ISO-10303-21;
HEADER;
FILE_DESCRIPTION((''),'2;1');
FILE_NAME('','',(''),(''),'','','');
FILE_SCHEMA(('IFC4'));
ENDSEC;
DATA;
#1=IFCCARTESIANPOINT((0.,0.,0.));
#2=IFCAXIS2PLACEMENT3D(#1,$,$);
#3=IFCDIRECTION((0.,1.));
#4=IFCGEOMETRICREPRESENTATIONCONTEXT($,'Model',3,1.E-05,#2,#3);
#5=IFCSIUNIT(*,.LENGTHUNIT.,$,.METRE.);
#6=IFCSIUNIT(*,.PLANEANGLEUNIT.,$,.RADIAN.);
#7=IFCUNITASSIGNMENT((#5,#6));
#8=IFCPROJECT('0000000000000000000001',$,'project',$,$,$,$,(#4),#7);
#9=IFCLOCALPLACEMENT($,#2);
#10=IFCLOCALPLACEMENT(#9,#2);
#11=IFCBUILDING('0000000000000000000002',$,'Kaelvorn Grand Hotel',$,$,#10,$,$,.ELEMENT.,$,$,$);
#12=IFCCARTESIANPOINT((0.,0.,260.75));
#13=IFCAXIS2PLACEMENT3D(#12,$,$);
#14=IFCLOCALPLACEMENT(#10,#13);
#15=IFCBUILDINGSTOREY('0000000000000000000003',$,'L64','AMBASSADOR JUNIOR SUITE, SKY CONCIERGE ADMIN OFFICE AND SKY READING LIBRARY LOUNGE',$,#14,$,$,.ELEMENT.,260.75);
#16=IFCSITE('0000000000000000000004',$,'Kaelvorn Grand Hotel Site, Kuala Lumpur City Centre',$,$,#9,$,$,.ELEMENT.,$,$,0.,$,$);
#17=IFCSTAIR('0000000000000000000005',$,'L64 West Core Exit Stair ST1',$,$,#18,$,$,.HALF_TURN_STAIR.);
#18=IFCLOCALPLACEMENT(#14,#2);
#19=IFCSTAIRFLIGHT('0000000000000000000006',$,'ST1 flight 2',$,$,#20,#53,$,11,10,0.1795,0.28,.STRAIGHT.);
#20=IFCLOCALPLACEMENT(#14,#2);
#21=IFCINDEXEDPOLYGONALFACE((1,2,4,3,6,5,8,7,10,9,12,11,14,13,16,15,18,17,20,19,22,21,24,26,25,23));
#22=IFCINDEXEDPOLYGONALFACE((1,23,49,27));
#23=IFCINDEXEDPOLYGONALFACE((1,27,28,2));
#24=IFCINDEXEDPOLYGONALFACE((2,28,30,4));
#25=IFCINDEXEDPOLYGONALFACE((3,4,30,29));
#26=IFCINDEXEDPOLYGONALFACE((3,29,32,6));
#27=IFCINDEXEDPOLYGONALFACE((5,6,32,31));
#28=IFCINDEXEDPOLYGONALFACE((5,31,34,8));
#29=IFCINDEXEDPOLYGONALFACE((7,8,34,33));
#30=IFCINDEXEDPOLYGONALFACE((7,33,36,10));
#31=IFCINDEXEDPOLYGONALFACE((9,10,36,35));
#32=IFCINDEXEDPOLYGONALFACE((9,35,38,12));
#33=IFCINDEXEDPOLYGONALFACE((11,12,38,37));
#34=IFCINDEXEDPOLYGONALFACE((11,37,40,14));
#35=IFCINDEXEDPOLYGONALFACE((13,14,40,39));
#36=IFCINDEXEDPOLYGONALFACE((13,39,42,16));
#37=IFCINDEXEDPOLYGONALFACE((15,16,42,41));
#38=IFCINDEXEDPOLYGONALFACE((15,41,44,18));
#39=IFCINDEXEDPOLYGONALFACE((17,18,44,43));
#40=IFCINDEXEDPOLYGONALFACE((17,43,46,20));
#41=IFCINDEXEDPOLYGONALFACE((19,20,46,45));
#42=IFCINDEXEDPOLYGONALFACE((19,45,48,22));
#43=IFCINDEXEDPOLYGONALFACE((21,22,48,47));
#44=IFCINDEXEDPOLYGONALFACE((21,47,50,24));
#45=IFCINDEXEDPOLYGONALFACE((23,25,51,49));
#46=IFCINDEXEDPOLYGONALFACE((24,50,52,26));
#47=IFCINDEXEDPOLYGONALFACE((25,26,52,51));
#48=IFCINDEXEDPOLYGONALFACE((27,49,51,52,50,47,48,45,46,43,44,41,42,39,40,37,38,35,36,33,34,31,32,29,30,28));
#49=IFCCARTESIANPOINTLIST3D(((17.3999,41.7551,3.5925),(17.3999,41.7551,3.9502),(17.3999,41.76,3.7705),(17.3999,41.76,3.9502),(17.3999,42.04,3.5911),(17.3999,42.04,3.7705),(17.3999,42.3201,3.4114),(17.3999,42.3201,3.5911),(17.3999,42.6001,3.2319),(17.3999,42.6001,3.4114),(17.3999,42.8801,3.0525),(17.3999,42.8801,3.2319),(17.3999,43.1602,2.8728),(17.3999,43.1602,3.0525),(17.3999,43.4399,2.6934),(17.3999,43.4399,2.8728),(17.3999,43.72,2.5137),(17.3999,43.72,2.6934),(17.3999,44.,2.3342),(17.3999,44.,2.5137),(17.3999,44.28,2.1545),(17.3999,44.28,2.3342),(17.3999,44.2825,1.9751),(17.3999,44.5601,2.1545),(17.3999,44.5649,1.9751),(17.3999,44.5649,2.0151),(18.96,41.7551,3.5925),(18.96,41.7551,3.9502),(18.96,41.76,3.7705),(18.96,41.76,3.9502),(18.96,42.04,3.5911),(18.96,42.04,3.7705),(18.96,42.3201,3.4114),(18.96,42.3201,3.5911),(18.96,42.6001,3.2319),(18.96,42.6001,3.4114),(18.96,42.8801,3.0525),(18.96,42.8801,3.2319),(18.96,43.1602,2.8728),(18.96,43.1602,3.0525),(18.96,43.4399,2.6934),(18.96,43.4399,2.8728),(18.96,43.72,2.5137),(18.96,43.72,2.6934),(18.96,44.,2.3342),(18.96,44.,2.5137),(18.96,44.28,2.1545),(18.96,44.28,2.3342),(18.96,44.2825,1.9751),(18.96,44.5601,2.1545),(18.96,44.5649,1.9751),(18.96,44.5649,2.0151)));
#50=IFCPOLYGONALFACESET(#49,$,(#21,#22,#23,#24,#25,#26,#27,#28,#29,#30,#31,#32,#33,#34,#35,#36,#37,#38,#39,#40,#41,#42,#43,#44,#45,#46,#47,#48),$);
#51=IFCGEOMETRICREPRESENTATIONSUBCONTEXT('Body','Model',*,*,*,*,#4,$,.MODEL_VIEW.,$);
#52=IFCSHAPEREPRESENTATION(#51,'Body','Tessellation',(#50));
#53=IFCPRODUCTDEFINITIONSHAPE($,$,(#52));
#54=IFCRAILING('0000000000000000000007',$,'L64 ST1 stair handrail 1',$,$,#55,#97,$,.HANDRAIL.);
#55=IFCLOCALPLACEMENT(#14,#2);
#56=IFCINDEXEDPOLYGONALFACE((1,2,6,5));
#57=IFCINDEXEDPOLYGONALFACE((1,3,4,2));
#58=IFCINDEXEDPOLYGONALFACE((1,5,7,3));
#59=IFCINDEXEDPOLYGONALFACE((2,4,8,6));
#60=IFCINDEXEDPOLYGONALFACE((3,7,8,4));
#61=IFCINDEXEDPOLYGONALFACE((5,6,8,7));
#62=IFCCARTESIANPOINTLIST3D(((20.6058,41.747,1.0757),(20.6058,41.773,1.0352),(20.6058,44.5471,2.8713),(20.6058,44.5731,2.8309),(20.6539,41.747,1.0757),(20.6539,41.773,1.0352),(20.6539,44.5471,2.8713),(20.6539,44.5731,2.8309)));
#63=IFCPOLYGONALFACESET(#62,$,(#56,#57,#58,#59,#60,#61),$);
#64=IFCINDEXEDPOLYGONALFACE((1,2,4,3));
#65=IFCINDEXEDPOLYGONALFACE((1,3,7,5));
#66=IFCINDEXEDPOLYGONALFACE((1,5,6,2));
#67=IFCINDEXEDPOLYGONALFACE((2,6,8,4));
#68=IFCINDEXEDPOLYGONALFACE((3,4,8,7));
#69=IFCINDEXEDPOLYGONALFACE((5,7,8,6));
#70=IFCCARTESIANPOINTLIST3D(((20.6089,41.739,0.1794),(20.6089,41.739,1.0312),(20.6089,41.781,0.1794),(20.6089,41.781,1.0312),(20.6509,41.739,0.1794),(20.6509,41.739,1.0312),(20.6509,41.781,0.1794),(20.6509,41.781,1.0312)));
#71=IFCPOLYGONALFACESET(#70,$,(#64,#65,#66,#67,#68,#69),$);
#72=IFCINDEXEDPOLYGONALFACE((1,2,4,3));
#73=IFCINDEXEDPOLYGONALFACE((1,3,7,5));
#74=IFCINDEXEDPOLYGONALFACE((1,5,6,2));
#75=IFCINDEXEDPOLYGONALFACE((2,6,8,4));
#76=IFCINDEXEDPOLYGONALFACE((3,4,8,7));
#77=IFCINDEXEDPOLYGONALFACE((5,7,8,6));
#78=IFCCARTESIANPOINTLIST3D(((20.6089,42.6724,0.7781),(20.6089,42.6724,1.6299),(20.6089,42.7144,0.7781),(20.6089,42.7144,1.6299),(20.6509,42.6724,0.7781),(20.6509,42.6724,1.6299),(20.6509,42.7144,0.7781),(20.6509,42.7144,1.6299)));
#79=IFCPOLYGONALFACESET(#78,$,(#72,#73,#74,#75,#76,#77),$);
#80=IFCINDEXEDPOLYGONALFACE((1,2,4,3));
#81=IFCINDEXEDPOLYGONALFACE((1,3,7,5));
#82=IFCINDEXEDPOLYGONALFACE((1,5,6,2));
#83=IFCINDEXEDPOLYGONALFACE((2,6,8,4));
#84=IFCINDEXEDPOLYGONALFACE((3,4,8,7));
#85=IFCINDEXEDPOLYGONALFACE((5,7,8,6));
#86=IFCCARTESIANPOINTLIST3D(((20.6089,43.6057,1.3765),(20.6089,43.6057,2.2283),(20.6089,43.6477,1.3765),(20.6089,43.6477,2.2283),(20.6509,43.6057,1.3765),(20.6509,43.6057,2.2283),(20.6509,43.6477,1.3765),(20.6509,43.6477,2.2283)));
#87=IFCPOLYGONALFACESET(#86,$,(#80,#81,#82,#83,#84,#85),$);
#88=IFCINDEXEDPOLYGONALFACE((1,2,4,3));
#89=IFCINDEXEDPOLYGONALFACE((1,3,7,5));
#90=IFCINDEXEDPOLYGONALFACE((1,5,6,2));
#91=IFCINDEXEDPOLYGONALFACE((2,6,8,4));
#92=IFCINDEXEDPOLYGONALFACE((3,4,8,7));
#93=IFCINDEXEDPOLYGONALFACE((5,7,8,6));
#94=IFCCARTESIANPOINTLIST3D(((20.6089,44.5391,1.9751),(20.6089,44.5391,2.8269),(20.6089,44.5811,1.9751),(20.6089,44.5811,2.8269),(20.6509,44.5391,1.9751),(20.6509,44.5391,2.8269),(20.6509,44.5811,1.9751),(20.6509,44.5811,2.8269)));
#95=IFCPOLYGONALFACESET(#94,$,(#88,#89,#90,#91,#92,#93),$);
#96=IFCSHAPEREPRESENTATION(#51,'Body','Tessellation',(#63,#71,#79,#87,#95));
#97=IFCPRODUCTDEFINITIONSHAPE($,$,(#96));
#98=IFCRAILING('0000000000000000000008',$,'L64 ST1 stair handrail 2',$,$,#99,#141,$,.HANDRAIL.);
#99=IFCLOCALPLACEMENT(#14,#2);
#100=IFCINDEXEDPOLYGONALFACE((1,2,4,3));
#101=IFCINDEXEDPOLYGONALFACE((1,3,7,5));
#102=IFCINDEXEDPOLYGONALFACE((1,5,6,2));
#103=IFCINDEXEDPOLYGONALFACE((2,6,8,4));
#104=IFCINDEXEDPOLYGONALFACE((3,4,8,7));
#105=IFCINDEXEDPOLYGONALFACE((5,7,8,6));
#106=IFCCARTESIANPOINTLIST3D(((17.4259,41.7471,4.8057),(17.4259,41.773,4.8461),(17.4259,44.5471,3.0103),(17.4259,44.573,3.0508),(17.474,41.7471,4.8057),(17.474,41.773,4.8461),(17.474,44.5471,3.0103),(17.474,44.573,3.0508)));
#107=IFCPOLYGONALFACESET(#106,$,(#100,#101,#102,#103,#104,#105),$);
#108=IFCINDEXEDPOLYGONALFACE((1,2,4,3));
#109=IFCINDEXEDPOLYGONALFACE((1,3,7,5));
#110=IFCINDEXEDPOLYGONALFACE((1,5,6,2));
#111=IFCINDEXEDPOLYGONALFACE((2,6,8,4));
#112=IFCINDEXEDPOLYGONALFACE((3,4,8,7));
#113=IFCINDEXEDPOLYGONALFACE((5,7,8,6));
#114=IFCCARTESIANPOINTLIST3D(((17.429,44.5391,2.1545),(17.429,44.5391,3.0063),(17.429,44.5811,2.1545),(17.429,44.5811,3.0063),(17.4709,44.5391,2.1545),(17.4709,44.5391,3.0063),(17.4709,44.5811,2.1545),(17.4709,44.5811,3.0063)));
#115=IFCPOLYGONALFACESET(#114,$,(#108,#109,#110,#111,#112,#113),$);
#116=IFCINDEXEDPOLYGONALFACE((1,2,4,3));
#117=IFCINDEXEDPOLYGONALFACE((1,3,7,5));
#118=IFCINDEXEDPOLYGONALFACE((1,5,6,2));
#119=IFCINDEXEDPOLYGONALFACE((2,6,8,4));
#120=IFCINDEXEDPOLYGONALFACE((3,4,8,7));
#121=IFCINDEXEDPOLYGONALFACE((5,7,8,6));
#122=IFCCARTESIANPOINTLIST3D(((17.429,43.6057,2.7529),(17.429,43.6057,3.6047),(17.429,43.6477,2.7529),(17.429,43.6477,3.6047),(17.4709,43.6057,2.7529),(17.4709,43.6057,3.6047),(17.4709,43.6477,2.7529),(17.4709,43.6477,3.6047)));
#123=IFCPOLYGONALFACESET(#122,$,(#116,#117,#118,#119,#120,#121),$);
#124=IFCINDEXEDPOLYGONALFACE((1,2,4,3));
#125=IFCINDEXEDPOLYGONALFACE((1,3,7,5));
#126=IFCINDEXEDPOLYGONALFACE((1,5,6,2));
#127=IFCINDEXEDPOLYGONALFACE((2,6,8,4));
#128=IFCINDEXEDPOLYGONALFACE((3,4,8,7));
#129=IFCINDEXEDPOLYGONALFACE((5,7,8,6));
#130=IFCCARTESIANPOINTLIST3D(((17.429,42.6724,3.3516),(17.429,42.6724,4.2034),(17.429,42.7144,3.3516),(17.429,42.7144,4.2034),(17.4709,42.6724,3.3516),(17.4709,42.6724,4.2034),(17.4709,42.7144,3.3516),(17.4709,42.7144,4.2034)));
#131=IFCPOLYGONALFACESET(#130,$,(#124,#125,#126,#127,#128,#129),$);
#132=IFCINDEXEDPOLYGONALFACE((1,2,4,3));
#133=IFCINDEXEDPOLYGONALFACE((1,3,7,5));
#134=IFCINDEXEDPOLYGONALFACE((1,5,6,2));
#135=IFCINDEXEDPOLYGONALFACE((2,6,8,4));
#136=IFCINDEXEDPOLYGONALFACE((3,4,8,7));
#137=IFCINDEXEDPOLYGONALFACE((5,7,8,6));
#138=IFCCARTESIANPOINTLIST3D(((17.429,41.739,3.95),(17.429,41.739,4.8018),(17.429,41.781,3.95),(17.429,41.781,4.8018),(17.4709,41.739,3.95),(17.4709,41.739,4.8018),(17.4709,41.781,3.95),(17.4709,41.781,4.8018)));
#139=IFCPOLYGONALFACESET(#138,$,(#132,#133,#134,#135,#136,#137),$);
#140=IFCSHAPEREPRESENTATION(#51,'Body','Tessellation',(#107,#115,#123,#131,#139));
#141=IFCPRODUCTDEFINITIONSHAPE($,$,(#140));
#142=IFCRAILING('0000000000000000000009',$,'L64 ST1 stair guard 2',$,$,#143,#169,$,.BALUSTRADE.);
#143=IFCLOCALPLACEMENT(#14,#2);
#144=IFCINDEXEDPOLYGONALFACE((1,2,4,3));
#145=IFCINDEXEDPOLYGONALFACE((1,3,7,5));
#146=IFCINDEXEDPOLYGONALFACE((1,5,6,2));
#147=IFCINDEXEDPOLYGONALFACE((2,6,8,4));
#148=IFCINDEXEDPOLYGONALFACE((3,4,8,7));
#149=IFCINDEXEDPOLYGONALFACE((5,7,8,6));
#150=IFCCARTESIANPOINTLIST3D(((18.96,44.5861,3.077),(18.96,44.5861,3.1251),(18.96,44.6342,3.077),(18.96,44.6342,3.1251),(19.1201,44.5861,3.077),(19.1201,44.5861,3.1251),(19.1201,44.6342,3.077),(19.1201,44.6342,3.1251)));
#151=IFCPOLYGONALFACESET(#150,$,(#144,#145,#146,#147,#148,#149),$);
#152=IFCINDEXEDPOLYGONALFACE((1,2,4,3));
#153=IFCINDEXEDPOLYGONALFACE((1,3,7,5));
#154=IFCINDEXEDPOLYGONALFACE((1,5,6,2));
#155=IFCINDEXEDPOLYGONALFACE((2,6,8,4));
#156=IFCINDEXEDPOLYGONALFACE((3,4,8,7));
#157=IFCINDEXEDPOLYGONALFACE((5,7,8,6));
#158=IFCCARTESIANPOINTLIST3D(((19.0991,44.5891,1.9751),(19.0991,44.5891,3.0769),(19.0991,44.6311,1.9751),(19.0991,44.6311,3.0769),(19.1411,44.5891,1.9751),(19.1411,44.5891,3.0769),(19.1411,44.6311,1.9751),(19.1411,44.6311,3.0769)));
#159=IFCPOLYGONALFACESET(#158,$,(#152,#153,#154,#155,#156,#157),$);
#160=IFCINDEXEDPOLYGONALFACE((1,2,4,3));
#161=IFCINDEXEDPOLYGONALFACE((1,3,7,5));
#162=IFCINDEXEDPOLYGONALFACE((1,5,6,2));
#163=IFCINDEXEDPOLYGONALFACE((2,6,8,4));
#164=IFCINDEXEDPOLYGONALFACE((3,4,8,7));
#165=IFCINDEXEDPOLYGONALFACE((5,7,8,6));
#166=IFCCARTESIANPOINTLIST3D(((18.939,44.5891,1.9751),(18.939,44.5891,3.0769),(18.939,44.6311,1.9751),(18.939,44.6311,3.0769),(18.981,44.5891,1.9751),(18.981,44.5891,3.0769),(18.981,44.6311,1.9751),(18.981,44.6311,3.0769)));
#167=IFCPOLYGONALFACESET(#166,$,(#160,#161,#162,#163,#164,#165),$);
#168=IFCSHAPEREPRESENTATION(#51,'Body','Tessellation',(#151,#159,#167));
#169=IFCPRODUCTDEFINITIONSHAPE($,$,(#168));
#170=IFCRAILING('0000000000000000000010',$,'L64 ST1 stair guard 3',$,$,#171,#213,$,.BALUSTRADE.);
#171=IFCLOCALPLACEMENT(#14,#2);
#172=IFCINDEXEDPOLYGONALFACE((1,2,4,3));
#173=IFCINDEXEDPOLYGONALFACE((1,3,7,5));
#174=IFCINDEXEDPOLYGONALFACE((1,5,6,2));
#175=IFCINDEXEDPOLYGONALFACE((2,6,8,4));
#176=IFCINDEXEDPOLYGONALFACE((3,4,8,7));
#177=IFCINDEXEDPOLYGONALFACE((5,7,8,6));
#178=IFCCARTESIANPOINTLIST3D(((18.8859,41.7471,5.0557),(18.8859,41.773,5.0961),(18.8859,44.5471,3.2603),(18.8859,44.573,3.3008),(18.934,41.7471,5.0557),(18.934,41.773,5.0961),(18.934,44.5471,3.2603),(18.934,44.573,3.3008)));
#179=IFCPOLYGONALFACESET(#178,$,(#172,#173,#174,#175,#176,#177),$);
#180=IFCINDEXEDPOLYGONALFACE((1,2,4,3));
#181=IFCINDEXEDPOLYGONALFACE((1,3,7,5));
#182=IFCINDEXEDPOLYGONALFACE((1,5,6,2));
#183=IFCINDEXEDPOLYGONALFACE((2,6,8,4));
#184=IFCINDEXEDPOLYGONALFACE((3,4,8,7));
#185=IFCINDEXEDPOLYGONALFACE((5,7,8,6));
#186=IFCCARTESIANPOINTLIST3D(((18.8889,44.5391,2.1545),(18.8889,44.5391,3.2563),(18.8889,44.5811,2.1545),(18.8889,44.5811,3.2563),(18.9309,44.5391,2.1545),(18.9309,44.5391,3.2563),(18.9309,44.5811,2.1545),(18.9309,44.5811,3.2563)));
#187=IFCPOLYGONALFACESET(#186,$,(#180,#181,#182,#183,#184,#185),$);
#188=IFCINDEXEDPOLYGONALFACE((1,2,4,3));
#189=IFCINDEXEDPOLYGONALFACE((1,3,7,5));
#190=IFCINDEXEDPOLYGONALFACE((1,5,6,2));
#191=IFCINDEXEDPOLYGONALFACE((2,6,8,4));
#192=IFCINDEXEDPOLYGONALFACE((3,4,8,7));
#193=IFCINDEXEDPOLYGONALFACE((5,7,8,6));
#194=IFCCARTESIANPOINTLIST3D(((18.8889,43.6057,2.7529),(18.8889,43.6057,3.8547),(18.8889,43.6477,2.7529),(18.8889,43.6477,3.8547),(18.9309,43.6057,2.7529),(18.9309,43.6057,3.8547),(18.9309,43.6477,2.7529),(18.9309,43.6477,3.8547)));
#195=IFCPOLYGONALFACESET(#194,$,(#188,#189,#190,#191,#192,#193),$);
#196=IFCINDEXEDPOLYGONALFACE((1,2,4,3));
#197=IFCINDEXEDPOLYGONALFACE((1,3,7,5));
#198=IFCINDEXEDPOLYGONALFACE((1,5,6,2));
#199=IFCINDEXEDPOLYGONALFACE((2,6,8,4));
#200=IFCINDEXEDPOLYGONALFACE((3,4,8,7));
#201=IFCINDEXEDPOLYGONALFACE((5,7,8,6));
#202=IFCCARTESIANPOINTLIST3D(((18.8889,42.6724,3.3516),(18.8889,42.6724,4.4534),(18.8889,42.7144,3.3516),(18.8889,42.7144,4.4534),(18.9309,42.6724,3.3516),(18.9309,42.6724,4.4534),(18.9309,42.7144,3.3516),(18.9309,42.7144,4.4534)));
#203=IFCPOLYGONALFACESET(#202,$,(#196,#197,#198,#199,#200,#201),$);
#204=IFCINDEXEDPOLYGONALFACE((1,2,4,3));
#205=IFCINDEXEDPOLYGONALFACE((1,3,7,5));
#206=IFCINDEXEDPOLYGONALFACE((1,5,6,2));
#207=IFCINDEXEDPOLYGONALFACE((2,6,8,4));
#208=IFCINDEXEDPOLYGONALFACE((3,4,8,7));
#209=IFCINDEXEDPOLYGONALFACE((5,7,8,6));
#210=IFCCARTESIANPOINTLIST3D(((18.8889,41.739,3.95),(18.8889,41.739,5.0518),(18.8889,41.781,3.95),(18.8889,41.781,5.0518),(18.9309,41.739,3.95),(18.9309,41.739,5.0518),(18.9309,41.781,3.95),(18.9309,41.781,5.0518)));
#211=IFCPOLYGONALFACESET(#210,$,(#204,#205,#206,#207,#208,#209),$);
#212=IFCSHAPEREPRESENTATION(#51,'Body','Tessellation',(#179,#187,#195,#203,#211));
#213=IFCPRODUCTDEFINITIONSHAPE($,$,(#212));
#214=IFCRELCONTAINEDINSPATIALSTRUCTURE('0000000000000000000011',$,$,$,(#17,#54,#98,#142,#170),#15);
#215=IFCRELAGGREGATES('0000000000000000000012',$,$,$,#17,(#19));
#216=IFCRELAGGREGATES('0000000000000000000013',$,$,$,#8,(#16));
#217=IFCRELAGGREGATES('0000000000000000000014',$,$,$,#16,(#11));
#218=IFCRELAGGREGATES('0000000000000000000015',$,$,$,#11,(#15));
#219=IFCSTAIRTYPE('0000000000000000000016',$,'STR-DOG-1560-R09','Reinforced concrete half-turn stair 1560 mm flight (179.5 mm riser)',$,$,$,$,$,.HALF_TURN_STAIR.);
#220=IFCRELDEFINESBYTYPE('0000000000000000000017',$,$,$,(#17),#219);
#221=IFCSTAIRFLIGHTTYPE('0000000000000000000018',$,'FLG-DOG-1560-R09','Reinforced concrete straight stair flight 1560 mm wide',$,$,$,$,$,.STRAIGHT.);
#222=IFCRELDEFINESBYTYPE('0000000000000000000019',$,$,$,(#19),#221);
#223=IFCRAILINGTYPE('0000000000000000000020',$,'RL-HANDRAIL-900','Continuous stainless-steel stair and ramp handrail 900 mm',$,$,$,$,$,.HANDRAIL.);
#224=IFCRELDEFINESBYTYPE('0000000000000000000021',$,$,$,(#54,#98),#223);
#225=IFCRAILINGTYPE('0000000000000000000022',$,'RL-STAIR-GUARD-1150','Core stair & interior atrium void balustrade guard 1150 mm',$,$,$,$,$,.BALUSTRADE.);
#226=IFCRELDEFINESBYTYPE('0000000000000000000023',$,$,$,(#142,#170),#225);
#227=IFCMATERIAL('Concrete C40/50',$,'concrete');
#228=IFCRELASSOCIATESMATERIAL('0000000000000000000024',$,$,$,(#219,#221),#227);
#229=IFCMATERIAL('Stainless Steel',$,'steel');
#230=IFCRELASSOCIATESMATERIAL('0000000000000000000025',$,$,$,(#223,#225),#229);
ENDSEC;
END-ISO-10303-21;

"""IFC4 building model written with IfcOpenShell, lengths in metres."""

from ifc_helpers import new_model, si_unit, direction, frame, origin, origin_2d, place, context, subcontext, project, spatial, polyline, rectangle, outline, extrude, material, type_object, element, aggregate, save


model = new_model("IFC4")

# Units and contexts
model_context = context("Model", 3, precision=1e-05, world=origin(), true_north=direction((0.0, 1.0)))
body_context = subcontext(model_context, "Body", "Model", "MODEL_VIEW")
ifc_project = project(units=[si_unit("LENGTHUNIT", "METRE"), si_unit("PLANEANGLEUNIT", "RADIAN")], contexts=[model_context])

# Site, building, storey
site_placement = place(None, origin())
site = spatial("IfcSite", under=ifc_project, at=site_placement, Name="Kaelvorn Grand Hotel Site, Kuala Lumpur City Centre", CompositionType="ELEMENT", RefElevation=0.0)
building_placement = place(site_placement, origin())
building = spatial("IfcBuilding", under=site, at=building_placement, Name="Kaelvorn Grand Hotel", CompositionType="ELEMENT")
storey_placement = place(building_placement, frame((0.0, 0.0, 260.75)))
storey = spatial("IfcBuildingStorey", under=building, at=storey_placement, Name="L64", Description="AMBASSADOR JUNIOR SUITE, SKY CONCIERGE ADMIN OFFICE AND SKY READING LIBRARY LOUNGE", CompositionType="ELEMENT", Elevation=260.75)

# Shared definitions
ifc_material_1 = material(Name="Concrete C40/50", Category="concrete")

# Stair, stair flight
stair_type = type_object("IfcStairType", Name="STR-DOG-1560-R09", Description="Reinforced concrete half-turn stair 1560 mm flight (179.5 mm riser)", PredefinedType="HALF_TURN_STAIR", material=ifc_material_1)
stair_placement = place(storey_placement, origin())
stair = element("IfcStair", 1, at=stair_placement, inside=storey, type_object=stair_type, Name="L64 West Core Exit Stair ST1", PredefinedType="HALF_TURN_STAIR")
stair_flight_type = type_object("IfcStairFlightType", Name="FLG-DOG-1560-R09", Description="Reinforced concrete straight stair flight 1560 mm wide", PredefinedType="STRAIGHT", material=ifc_material_1)
stair_flight_placement = place(storey_placement, frame((18.1799, 44.5601, 1.9751), z_axis=(0.0, 0.0, 1.0), x_axis=(0.0, -1.0, 0.0)))
stair_flight = element("IfcStairFlight", 2, at=stair_flight_placement, type_object=stair_flight_type, Name="ST1 flight 2", NumberOfRisers=11, NumberOfTreads=10, PredefinedType="STRAIGHT", RiserHeight=0.1795, TreadLength=0.28, context=body_context, shape_type="SweptSolid", body=[
    extrude(outline(polyline([(-0.0049, 0.0), (-0.0049, 0.04), (0.0, 0.1794), (0.28, 0.1794), (0.28, 0.3591), (0.5601, 0.3591), (0.5601, 0.5386), (0.8401, 0.5386), (0.8401, 0.7183), (1.1201, 0.7183), (1.1201, 0.8977), (1.3999, 0.8977), (1.3999, 1.0774), (1.6799, 1.0774), (1.6799, 1.2568), (1.96, 1.2568), (1.96, 1.4363), (2.24, 1.4363), (2.24, 1.616), (2.52, 1.616), (2.52, 1.7954), (2.8, 1.7954), (2.8, 1.9751), (2.8049, 1.9751), (2.8049, 1.6174), (0.2776, 0.0), (-0.0049, 0.0)])), frame((0.0, 0.78, 0.0), z_axis=(0.0, -1.0, 0.0), x_axis=(1.0, 0.0, 0.0)), (0.0, 0.0, 1.0), 1.5601),
])
aggregate(stair, [stair_flight])

# Railings
ifc_material_2 = material(Name="Stainless Steel", Category="steel")
railing_type_1 = type_object("IfcRailingType", Name="RL-HANDRAIL-900", Description="Continuous stainless-steel stair and ramp handrail 900 mm", PredefinedType="HANDRAIL", material=ifc_material_2)
railing_1_placement = place(storey_placement, frame((20.6299, 41.76, 0.1794)))
element("IfcRailing", 3, at=railing_1_placement, inside=storey, type_object=railing_type_1, Name="L64 ST1 stair handrail 1", PredefinedType="HANDRAIL", context=body_context, shape_type="SweptSolid", body=[
    extrude(rectangle(XDim=0.0481, YDim=0.0481, at=origin_2d()), frame((0.0, 0.0, 0.876), z_axis=(0.0, 0.841777, 0.539826), x_axis=(-1.0, 0.0, 0.0)), (0.0, 0.0, 1.0), 3.3264),
    extrude(rectangle(XDim=0.042, YDim=0.042, at=origin_2d()), origin(), (0.0, 0.0, 1.0), 0.8518),
    extrude(rectangle(XDim=0.042, YDim=0.042, at=origin_2d()), frame((0.0, 0.9333, 0.5986)), (0.0, 0.0, 1.0), 0.8518),
    extrude(rectangle(XDim=0.042, YDim=0.042, at=origin_2d()), frame((0.0, 1.8667, 1.197)), (0.0, 0.0, 1.0), 0.8518),
    extrude(rectangle(XDim=0.042, YDim=0.042, at=origin_2d()), frame((0.0, 2.8, 1.7957)), (0.0, 0.0, 1.0), 0.8518),
])
railing_2_placement = place(storey_placement, frame((17.45, 44.5601, 2.1545)))
element("IfcRailing", 4, at=railing_2_placement, inside=storey, type_object=railing_type_1, Name="L64 ST1 stair handrail 2", PredefinedType="HANDRAIL", context=body_context, shape_type="SweptSolid", body=[
    extrude(rectangle(XDim=0.0481, YDim=0.0481, at=origin_2d()), frame((0.0, 0.0, 0.876), z_axis=(0.0, -0.84181, 0.539774), x_axis=(1.0, 0.0, 0.0)), (0.0, 0.0, 1.0), 3.3262),
    extrude(rectangle(XDim=0.042, YDim=0.042, at=origin_2d()), origin(), (0.0, 0.0, 1.0), 0.8518),
    extrude(rectangle(XDim=0.042, YDim=0.042, at=origin_2d()), frame((0.0, -0.9333, 0.5984)), (0.0, 0.0, 1.0), 0.8518),
    extrude(rectangle(XDim=0.042, YDim=0.042, at=origin_2d()), frame((0.0, -1.8667, 1.197)), (0.0, 0.0, 1.0), 0.8518),
    extrude(rectangle(XDim=0.042, YDim=0.042, at=origin_2d()), frame((0.0, -2.8, 1.7954)), (0.0, 0.0, 1.0), 0.8518),
])
railing_type_2 = type_object("IfcRailingType", Name="RL-STAIR-GUARD-1150", Description="Core stair & interior atrium void balustrade guard 1150 mm", PredefinedType="BALUSTRADE", material=ifc_material_2)
railing_3_placement = place(storey_placement, frame((19.1201, 44.6101, 1.9751)))
element("IfcRailing", 5, at=railing_3_placement, inside=storey, type_object=railing_type_2, Name="L64 ST1 stair guard 2", PredefinedType="BALUSTRADE", context=body_context, shape_type="SweptSolid", body=[
    extrude(rectangle(XDim=0.0481, YDim=0.0481, at=origin_2d()), frame((0.0, 0.0, 1.126), z_axis=(-1.0, 0.0, 0.0), x_axis=(0.0, -1.0, 0.0)), (0.0, 0.0, 1.0), 0.1602),
    extrude(rectangle(XDim=0.042, YDim=0.042, at=origin_2d()), origin(), (0.0, 0.0, 1.0), 1.1018),
    extrude(rectangle(XDim=0.042, YDim=0.042, at=origin_2d()), frame((-0.1602, 0.0, 0.0)), (0.0, 0.0, 1.0), 1.1018),
])
railing_4_placement = place(storey_placement, frame((18.9099, 44.5601, 2.1545)))
element("IfcRailing", 6, at=railing_4_placement, inside=storey, type_object=railing_type_2, Name="L64 ST1 stair guard 3", PredefinedType="BALUSTRADE", context=body_context, shape_type="SweptSolid", body=[
    extrude(rectangle(XDim=0.0481, YDim=0.0481, at=origin_2d()), frame((0.0, 0.0, 1.126), z_axis=(0.0, -0.84181, 0.539774), x_axis=(1.0, 0.0, 0.0)), (0.0, 0.0, 1.0), 3.3262),
    extrude(rectangle(XDim=0.042, YDim=0.042, at=origin_2d()), origin(), (0.0, 0.0, 1.0), 1.1018),
    extrude(rectangle(XDim=0.042, YDim=0.042, at=origin_2d()), frame((0.0, -0.9333, 0.5984)), (0.0, 0.0, 1.0), 1.1018),
    extrude(rectangle(XDim=0.042, YDim=0.042, at=origin_2d()), frame((0.0, -1.8667, 1.197)), (0.0, 0.0, 1.0), 1.1018),
    extrude(rectangle(XDim=0.042, YDim=0.042, at=origin_2d()), frame((0.0, -2.8, 1.7954)), (0.0, 0.0, 1.0), 1.1018),
])

save(model, "model.ifc")
